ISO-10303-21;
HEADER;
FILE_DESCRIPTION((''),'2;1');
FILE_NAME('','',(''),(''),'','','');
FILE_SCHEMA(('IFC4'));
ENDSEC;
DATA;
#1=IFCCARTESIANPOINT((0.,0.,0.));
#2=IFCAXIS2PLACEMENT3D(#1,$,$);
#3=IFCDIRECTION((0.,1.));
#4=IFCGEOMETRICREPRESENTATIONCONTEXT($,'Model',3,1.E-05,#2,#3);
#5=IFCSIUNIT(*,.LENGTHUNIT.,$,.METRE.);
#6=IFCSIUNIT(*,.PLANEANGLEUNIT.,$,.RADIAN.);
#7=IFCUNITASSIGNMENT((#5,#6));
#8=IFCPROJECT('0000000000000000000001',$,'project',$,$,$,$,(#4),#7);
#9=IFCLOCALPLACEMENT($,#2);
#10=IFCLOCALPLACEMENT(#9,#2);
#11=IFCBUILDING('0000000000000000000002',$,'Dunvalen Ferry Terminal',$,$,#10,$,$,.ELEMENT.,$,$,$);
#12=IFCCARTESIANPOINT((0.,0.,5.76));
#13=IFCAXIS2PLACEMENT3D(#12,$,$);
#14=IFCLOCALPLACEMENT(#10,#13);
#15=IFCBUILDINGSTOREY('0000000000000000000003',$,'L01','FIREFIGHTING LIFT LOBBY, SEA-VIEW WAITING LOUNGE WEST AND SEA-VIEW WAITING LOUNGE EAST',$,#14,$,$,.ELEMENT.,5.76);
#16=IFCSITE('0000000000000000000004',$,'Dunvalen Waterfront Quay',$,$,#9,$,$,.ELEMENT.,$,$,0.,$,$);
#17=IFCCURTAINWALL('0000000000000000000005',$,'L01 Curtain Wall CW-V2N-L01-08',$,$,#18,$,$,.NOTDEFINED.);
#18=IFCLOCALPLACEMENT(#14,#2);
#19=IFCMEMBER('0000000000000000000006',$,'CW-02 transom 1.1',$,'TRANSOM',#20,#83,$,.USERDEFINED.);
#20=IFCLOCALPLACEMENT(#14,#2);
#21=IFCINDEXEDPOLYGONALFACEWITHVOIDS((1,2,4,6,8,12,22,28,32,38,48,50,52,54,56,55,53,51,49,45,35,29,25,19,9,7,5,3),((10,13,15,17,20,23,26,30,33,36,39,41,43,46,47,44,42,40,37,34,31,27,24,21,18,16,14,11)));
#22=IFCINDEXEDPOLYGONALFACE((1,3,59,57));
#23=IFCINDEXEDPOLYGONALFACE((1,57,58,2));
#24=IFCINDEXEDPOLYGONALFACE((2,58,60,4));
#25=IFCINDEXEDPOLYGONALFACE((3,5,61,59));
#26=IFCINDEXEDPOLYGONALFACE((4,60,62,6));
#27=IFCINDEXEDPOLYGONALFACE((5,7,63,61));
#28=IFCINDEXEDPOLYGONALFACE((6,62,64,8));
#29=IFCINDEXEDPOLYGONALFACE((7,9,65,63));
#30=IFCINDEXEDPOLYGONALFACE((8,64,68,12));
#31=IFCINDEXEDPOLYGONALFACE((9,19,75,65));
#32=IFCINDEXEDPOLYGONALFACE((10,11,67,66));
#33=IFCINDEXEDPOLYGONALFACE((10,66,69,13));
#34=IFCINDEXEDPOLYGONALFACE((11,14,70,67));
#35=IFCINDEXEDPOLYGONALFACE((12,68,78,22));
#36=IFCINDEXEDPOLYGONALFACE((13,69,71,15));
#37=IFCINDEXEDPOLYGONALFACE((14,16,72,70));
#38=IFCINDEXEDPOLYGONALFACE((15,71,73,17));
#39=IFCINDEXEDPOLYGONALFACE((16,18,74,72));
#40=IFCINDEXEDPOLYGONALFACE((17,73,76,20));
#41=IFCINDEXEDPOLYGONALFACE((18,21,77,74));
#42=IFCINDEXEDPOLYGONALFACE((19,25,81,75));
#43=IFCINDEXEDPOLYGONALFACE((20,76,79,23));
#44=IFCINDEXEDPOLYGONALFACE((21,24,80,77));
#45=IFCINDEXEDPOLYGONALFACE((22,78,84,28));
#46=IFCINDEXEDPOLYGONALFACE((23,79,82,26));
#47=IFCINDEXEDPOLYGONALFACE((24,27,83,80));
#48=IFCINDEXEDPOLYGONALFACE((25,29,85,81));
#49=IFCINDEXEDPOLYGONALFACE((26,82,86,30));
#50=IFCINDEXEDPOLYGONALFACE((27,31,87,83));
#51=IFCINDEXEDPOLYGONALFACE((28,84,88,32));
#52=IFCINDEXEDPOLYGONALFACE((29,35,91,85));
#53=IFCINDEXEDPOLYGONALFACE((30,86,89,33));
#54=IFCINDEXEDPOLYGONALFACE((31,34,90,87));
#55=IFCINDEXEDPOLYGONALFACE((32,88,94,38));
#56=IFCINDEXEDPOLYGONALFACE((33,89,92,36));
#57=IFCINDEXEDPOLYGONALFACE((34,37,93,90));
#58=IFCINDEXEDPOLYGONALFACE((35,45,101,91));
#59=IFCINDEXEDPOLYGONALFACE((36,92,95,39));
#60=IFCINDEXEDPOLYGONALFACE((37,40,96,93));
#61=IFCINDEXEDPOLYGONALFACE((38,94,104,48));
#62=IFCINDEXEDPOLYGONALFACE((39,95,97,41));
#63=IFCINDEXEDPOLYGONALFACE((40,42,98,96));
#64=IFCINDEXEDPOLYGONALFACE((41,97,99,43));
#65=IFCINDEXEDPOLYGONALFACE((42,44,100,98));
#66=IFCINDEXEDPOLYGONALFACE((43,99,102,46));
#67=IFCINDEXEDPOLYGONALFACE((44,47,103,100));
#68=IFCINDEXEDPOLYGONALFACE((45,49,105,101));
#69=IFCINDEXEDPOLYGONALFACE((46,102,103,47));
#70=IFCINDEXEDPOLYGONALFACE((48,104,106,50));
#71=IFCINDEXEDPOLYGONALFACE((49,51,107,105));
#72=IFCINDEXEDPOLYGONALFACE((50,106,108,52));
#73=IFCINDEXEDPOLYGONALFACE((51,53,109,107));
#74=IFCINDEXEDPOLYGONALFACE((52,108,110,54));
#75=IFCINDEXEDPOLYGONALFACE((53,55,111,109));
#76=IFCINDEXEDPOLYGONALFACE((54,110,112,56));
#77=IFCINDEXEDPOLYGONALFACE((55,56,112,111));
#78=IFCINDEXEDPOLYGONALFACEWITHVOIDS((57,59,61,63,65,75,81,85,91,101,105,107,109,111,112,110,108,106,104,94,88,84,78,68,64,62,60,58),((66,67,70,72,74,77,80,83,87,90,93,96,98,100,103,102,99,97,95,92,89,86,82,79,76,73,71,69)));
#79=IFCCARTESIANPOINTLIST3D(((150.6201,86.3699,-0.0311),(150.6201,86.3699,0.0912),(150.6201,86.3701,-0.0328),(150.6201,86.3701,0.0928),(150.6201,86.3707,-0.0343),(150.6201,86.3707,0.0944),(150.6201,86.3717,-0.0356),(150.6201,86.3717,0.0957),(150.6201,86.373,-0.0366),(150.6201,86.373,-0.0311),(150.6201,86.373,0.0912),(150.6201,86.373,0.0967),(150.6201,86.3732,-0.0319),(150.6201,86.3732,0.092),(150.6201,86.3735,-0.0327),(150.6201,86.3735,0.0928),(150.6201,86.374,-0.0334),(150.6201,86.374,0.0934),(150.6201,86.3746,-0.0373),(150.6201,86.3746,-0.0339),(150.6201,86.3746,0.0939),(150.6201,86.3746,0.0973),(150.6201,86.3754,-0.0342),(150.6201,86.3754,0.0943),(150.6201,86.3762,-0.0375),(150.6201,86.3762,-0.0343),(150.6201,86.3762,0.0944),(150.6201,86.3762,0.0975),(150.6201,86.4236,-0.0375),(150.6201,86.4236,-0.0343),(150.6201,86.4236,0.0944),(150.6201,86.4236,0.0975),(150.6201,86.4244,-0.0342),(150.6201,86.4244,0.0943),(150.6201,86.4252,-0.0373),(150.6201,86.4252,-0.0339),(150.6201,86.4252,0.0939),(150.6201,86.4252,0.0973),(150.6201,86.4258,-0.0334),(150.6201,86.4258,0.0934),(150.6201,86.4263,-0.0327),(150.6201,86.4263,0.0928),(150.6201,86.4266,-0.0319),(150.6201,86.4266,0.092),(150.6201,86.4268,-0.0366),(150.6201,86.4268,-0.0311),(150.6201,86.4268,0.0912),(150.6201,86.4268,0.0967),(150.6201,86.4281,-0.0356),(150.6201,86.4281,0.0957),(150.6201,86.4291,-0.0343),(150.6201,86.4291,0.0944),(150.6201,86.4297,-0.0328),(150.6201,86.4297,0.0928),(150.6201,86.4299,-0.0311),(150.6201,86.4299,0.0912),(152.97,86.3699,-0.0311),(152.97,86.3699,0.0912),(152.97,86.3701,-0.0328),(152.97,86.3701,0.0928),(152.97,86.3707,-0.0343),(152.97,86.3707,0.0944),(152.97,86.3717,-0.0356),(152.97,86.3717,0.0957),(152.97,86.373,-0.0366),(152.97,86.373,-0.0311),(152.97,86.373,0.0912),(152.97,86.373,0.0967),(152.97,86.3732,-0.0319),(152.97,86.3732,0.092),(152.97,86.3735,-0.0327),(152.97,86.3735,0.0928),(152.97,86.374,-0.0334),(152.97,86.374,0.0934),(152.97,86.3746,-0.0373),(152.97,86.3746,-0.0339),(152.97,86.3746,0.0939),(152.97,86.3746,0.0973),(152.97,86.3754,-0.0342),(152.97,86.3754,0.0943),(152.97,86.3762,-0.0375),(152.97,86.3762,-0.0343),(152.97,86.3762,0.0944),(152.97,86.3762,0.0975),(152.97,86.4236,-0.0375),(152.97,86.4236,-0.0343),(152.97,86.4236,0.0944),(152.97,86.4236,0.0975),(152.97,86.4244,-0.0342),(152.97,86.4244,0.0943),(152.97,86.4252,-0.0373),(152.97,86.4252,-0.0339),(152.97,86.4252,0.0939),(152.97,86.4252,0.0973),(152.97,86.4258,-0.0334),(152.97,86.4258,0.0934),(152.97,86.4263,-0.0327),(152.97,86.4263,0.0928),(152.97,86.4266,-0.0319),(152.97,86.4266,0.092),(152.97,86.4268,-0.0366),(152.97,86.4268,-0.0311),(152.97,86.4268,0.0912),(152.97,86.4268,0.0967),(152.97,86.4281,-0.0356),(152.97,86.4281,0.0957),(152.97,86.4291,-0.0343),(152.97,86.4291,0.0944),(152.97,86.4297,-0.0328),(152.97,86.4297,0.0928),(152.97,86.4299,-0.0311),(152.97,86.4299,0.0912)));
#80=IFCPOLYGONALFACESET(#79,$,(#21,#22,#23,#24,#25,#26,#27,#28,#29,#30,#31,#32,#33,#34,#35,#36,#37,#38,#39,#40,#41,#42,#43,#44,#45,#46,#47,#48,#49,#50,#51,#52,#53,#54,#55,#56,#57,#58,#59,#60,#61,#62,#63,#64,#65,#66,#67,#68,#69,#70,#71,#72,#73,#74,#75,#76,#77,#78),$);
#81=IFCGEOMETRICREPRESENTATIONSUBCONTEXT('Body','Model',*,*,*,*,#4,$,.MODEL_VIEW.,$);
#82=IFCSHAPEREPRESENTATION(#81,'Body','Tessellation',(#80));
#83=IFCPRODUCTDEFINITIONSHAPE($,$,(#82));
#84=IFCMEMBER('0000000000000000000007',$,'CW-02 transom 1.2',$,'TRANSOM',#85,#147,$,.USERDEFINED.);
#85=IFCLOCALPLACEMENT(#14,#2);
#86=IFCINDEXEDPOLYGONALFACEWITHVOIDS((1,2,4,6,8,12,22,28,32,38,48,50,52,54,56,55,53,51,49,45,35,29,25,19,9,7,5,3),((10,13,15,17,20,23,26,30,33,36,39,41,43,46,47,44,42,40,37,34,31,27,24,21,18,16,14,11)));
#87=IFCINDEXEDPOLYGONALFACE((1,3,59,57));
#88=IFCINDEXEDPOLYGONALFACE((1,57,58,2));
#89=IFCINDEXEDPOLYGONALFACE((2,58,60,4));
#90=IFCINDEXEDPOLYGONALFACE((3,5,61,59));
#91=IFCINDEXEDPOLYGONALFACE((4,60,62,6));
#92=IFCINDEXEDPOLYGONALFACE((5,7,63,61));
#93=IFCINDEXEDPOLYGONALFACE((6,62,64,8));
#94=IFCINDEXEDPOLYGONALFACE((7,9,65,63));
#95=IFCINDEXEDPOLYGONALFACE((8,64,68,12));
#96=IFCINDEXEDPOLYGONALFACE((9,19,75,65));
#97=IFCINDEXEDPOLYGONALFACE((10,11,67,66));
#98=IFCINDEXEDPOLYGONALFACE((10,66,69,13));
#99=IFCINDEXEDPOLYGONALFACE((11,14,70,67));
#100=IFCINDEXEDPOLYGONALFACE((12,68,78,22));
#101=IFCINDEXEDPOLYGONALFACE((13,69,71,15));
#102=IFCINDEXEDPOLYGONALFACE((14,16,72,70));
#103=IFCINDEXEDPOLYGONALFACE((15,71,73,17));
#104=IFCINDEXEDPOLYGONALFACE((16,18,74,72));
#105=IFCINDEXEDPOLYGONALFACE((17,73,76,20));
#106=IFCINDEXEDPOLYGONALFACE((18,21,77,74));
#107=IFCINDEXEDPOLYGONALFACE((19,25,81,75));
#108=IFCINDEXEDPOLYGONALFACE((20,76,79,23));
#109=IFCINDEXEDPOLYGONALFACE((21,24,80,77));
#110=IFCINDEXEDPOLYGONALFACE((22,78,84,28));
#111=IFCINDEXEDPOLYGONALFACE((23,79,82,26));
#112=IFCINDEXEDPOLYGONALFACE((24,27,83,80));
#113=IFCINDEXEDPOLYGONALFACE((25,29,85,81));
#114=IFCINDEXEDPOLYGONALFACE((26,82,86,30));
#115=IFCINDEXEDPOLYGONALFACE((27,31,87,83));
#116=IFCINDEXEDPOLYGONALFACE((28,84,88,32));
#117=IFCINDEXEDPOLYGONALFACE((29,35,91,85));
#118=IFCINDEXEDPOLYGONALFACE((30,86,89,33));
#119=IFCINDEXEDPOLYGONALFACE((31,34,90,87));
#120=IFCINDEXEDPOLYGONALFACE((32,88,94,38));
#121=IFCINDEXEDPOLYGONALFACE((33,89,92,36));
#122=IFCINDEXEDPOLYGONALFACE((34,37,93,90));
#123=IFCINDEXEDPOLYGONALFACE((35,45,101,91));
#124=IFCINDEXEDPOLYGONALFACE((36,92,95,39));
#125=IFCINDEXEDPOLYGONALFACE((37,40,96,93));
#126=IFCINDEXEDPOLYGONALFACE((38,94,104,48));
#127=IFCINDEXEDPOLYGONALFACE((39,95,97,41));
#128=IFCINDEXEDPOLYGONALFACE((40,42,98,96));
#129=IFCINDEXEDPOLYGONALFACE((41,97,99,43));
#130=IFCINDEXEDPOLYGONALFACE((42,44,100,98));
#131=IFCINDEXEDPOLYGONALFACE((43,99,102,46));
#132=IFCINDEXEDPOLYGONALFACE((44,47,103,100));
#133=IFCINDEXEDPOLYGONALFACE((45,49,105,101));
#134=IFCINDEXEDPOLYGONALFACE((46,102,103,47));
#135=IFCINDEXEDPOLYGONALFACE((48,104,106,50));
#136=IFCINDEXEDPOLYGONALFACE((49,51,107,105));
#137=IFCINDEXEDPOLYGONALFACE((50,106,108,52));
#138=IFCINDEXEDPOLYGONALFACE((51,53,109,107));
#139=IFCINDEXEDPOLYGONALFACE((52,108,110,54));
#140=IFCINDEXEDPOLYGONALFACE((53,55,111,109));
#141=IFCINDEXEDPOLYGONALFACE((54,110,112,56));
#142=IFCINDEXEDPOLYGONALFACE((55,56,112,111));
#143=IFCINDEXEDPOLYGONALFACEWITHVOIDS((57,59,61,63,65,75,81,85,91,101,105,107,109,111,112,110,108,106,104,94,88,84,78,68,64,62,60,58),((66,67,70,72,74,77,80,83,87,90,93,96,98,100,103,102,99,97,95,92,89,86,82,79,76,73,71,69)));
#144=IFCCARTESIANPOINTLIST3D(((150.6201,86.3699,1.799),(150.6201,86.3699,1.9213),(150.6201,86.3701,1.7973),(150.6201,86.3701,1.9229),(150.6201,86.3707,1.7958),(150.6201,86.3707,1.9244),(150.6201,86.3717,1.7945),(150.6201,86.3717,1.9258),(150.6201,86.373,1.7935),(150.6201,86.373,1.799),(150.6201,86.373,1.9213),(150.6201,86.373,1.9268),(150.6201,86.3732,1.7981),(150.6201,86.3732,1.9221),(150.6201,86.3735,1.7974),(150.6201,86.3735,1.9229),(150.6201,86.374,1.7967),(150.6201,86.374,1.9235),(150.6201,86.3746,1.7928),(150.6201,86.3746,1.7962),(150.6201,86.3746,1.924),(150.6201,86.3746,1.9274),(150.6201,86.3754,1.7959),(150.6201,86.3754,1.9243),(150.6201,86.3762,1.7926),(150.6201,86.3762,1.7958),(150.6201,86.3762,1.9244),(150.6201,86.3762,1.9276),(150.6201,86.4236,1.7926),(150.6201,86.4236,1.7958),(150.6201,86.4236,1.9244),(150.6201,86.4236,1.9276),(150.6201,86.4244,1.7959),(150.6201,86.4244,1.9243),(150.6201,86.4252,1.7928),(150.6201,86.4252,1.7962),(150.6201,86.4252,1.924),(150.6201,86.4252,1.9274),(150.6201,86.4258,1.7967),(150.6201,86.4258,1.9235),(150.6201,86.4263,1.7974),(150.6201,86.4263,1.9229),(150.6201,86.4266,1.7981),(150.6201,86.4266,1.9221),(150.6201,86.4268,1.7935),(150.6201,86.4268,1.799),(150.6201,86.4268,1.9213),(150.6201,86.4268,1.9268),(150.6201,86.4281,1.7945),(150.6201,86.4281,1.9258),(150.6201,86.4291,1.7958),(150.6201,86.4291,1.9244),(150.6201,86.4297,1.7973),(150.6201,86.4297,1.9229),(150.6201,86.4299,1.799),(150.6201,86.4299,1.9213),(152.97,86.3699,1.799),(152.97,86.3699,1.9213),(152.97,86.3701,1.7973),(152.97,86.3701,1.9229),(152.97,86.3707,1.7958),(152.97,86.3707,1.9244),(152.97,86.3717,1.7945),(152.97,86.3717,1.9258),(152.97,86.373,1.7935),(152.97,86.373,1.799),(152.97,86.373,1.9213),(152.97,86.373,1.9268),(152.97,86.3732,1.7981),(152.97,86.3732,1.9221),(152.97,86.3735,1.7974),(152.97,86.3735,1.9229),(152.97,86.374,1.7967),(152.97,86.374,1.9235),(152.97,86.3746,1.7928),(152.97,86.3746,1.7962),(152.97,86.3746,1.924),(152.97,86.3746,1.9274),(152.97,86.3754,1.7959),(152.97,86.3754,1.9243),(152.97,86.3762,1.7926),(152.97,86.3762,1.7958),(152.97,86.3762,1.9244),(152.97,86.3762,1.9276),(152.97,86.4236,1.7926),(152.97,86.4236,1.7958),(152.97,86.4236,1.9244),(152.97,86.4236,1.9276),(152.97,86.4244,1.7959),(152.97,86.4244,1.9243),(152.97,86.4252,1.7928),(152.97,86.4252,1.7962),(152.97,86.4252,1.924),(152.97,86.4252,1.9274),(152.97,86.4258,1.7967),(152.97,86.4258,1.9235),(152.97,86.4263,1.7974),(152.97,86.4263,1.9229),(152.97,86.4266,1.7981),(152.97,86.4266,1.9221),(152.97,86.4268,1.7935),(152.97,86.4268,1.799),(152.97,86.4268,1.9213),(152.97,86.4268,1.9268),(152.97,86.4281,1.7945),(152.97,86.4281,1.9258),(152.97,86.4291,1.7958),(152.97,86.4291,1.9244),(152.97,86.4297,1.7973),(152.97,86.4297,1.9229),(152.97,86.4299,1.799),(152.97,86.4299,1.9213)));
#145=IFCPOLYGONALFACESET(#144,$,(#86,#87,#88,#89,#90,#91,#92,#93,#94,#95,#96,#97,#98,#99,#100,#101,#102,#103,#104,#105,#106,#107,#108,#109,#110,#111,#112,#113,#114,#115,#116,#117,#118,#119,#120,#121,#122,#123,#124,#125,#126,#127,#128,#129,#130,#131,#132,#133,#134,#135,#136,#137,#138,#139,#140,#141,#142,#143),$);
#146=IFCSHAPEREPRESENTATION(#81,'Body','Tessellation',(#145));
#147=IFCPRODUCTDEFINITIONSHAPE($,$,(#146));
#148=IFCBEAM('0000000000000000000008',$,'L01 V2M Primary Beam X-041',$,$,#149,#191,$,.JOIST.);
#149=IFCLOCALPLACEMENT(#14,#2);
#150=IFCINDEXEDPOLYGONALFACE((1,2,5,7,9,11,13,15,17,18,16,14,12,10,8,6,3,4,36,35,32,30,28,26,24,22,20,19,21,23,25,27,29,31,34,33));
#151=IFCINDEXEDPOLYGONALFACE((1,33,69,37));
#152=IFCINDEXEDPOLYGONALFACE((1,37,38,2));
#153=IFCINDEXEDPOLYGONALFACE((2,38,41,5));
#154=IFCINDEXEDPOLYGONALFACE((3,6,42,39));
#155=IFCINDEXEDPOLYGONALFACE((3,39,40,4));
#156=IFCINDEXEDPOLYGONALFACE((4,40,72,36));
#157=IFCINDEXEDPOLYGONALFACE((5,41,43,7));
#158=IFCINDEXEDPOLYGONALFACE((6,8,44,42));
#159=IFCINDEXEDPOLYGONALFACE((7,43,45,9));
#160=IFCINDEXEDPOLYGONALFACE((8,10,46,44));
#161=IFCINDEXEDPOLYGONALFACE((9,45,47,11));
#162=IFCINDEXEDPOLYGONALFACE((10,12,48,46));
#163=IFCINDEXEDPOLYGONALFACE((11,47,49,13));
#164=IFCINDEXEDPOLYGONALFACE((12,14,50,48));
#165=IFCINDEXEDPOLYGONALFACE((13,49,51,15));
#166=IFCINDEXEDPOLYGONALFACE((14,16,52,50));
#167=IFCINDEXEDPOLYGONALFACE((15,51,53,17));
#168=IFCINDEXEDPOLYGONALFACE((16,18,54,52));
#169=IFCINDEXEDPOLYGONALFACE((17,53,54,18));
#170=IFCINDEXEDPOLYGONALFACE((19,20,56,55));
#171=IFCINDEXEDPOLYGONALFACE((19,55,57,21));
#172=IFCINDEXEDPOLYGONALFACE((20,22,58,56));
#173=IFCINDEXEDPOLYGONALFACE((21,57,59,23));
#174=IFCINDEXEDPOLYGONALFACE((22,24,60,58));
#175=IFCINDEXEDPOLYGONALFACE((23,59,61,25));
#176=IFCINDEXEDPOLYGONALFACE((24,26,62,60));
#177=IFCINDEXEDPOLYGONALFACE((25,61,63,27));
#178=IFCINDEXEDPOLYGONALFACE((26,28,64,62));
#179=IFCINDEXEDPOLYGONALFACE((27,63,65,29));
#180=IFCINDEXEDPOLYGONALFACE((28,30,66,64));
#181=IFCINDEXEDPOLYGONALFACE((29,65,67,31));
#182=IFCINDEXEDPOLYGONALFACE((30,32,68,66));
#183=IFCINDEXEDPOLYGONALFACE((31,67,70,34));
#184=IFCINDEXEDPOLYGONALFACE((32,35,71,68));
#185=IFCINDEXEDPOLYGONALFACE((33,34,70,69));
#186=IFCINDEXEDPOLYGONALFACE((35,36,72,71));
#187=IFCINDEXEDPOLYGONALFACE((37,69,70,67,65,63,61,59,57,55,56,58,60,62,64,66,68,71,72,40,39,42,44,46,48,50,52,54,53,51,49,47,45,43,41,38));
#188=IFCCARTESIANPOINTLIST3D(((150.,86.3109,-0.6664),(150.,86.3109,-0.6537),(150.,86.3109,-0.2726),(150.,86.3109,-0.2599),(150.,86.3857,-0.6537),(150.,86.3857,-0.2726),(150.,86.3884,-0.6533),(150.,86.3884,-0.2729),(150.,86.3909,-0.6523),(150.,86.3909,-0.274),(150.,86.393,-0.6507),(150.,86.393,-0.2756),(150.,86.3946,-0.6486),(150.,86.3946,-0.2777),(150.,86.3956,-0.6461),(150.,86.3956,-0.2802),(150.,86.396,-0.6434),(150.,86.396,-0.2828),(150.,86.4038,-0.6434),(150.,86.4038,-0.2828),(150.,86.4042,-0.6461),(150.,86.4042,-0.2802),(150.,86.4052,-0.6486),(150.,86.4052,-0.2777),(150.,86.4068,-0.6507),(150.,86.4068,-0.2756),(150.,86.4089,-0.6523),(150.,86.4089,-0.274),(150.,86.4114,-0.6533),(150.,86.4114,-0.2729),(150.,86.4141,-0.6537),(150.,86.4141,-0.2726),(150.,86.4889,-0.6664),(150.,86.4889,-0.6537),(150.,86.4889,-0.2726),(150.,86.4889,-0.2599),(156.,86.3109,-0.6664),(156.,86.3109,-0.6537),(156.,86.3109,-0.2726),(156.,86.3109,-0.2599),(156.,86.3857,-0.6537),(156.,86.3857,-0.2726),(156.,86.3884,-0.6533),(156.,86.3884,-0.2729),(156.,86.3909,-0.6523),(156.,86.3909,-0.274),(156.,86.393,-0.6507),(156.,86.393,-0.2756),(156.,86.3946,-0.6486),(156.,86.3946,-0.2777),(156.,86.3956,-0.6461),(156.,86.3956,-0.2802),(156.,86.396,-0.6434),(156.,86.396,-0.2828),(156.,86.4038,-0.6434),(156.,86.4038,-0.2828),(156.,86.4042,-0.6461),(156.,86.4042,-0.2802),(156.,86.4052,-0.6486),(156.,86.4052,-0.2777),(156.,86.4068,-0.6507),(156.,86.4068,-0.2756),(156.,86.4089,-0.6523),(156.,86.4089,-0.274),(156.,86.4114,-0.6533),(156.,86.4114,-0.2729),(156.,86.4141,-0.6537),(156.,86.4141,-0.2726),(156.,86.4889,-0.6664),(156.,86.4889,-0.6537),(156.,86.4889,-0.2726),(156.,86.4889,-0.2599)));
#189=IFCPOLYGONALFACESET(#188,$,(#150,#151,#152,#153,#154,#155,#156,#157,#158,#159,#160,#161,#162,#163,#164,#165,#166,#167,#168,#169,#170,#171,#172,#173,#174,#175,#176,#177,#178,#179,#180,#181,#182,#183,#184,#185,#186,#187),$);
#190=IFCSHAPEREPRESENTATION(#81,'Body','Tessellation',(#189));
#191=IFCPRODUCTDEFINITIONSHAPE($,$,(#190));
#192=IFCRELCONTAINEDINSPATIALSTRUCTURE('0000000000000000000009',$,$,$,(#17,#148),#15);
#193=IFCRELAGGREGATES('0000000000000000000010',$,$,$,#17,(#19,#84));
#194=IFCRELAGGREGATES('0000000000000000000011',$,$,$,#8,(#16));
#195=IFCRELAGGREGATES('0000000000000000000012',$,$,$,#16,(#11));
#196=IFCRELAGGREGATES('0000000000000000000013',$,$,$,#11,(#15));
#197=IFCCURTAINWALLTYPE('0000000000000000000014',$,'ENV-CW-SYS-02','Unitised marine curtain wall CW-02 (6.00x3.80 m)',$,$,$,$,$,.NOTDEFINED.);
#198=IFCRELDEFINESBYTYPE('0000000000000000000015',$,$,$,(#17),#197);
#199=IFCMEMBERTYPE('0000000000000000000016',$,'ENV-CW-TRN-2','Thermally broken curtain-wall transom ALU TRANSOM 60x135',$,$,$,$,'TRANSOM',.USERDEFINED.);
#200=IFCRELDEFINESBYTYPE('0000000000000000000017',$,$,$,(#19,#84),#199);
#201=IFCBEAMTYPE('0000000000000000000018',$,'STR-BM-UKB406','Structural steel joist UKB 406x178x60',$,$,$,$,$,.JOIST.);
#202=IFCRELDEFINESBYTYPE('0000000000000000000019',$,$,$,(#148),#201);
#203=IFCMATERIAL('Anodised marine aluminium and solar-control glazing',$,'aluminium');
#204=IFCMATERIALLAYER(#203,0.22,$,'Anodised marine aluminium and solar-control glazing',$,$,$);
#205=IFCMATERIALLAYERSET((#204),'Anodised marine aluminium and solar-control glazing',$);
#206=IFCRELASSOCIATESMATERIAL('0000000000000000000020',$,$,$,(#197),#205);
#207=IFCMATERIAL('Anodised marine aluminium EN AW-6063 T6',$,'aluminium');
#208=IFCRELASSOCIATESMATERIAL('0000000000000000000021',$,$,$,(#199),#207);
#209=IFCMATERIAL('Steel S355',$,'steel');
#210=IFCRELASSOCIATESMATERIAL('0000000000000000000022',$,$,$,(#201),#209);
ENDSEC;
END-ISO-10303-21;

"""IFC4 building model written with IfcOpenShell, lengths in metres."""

from ifc_helpers import new_model, si_unit, direction, frame, origin, origin_2d, place, context, subcontext, project, spatial, hollow_rectangle, i_section, extrude, material, layer, layer_set, material_profile, profile_set, type_object, element, aggregate, save


model = new_model("IFC4")

# Units and contexts
model_context = context("Model", 3, precision=1e-05, world=origin(), true_north=direction((0.0, 1.0)))
body_context = subcontext(model_context, "Body", "Model", "MODEL_VIEW")
ifc_project = project(units=[si_unit("LENGTHUNIT", "METRE"), si_unit("PLANEANGLEUNIT", "RADIAN")], contexts=[model_context])

# Site, building, storey
site_placement = place(None, origin())
site = spatial("IfcSite", under=ifc_project, at=site_placement, Name="Dunvalen Waterfront Quay", CompositionType="ELEMENT", RefElevation=0.0)
building_placement = place(site_placement, origin())
building = spatial("IfcBuilding", under=site, at=building_placement, Name="Dunvalen Ferry Terminal", CompositionType="ELEMENT")
storey_placement = place(building_placement, frame((0.0, 0.0, 5.76)))
storey = spatial("IfcBuildingStorey", under=building, at=storey_placement, Name="L01", Description="FIREFIGHTING LIFT LOBBY, SEA-VIEW WAITING LOUNGE WEST AND SEA-VIEW WAITING LOUNGE EAST", CompositionType="ELEMENT", Elevation=5.76)

# Shared definitions
ifc_material_1 = material(Name="Anodised marine aluminium and solar-control glazing", Category="aluminium")
ifc_layer_1 = layer(ifc_material_1, 0.22, Name="Anodised marine aluminium and solar-control glazing")
ifc_layer_set_1 = layer_set([ifc_layer_1], Name="Anodised marine aluminium and solar-control glazing")
curtain_wall_type = type_object("IfcCurtainWallType", Name="ENV-CW-SYS-02", Description="Unitised marine curtain wall CW-02 (6.00x3.80 m)", PredefinedType="NOTDEFINED", material=ifc_layer_set_1)
ifc_material_2 = material(Name="Anodised marine aluminium EN AW-6063 T6", Category="aluminium")

# Curtain wall
curtain_wall_1_placement = place(storey_placement, origin())
curtain_wall_1 = element("IfcCurtainWall", 1, at=curtain_wall_1_placement, inside=storey, type_object=curtain_wall_type, Name="L01 Curtain Wall CW-V2N-L01-08", PredefinedType="NOTDEFINED")

# Members
ifc_material_profile_1 = material_profile(ifc_material_2, hollow_rectangle(XDim=0.0601, YDim=0.135, WallThickness=0.0032, InnerFilletRadius=0.0032, OuterFilletRadius=0.0063, at=origin_2d()), Name="Anodised marine aluminium EN AW-6063 T6")
ifc_profile_set_1 = profile_set([ifc_material_profile_1], Name="Anodised marine aluminium EN AW-6063 T6")
member_type_1 = type_object("IfcMemberType", Name="ENV-CW-TRN-2", Description="Thermally broken curtain-wall transom ALU TRANSOM 60x135", ElementType="TRANSOM", PredefinedType="USERDEFINED", material=ifc_profile_set_1)
member_1_placement = place(storey_placement, frame((150.6201, 86.3999, 0.03), z_axis=(1.0, 0.0, 0.0), x_axis=(0.0, 1.0, 0.0)))
member_1 = element("IfcMember", 2, at=member_1_placement, type_object=member_type_1, Name="CW-02 transom 1.1", ObjectType="TRANSOM", PredefinedType="USERDEFINED", context=body_context, shape_type="SweptSolid", body=[
    extrude(hollow_rectangle(XDim=0.0601, YDim=0.135, WallThickness=0.0032, InnerFilletRadius=0.0032, OuterFilletRadius=0.0063, at=origin_2d()), origin(), (0.0, 0.0, 1.0), 2.3499),
])
member_2_placement = place(storey_placement, frame((150.6201, 86.3999, 1.8601), z_axis=(1.0, 0.0, 0.0), x_axis=(0.0, 1.0, 0.0)))
member_2 = element("IfcMember", 3, at=member_2_placement, type_object=member_type_1, Name="CW-02 transom 1.2", ObjectType="TRANSOM", PredefinedType="USERDEFINED", context=body_context, shape_type="SweptSolid", body=[
    extrude(hollow_rectangle(XDim=0.0601, YDim=0.135, WallThickness=0.0032, InnerFilletRadius=0.0032, OuterFilletRadius=0.0063, at=origin_2d()), origin(), (0.0, 0.0, 1.0), 2.3499),
])
aggregate(curtain_wall_1, [member_1, member_2])

# Beam
ifc_material_3 = material(Name="Steel S355", Category="steel")
ifc_material_profile_2 = material_profile(ifc_material_3, i_section(OverallWidth=0.178, OverallDepth=0.4065, WebThickness=0.0078, FlangeThickness=0.0127, FilletRadius=0.0103, at=origin_2d()), Name="Steel S355")
ifc_profile_set_2 = profile_set([ifc_material_profile_2], Name="Steel S355")
beam_type_1 = type_object("IfcBeamType", Name="STR-BM-UKB406", Description="Structural steel joist UKB 406x178x60", PredefinedType="JOIST", material=ifc_profile_set_2)
beam_1_placement = place(storey_placement, frame((150.0, 86.3999, -0.4631), z_axis=(1.0, 0.0, 0.0), x_axis=(0.0, 1.0, 0.0)))
element("IfcBeam", 4, at=beam_1_placement, inside=storey, type_object=beam_type_1, Name="L01 V2M Primary Beam X-041", PredefinedType="JOIST", context=body_context, shape_type="SweptSolid", body=[
    extrude(i_section(OverallWidth=0.178, OverallDepth=0.4065, WebThickness=0.0078, FlangeThickness=0.0127, FilletRadius=0.0103, at=origin_2d()), origin(), (0.0, 0.0, 1.0), 6.0),
])

save(model, "model.ifc")
